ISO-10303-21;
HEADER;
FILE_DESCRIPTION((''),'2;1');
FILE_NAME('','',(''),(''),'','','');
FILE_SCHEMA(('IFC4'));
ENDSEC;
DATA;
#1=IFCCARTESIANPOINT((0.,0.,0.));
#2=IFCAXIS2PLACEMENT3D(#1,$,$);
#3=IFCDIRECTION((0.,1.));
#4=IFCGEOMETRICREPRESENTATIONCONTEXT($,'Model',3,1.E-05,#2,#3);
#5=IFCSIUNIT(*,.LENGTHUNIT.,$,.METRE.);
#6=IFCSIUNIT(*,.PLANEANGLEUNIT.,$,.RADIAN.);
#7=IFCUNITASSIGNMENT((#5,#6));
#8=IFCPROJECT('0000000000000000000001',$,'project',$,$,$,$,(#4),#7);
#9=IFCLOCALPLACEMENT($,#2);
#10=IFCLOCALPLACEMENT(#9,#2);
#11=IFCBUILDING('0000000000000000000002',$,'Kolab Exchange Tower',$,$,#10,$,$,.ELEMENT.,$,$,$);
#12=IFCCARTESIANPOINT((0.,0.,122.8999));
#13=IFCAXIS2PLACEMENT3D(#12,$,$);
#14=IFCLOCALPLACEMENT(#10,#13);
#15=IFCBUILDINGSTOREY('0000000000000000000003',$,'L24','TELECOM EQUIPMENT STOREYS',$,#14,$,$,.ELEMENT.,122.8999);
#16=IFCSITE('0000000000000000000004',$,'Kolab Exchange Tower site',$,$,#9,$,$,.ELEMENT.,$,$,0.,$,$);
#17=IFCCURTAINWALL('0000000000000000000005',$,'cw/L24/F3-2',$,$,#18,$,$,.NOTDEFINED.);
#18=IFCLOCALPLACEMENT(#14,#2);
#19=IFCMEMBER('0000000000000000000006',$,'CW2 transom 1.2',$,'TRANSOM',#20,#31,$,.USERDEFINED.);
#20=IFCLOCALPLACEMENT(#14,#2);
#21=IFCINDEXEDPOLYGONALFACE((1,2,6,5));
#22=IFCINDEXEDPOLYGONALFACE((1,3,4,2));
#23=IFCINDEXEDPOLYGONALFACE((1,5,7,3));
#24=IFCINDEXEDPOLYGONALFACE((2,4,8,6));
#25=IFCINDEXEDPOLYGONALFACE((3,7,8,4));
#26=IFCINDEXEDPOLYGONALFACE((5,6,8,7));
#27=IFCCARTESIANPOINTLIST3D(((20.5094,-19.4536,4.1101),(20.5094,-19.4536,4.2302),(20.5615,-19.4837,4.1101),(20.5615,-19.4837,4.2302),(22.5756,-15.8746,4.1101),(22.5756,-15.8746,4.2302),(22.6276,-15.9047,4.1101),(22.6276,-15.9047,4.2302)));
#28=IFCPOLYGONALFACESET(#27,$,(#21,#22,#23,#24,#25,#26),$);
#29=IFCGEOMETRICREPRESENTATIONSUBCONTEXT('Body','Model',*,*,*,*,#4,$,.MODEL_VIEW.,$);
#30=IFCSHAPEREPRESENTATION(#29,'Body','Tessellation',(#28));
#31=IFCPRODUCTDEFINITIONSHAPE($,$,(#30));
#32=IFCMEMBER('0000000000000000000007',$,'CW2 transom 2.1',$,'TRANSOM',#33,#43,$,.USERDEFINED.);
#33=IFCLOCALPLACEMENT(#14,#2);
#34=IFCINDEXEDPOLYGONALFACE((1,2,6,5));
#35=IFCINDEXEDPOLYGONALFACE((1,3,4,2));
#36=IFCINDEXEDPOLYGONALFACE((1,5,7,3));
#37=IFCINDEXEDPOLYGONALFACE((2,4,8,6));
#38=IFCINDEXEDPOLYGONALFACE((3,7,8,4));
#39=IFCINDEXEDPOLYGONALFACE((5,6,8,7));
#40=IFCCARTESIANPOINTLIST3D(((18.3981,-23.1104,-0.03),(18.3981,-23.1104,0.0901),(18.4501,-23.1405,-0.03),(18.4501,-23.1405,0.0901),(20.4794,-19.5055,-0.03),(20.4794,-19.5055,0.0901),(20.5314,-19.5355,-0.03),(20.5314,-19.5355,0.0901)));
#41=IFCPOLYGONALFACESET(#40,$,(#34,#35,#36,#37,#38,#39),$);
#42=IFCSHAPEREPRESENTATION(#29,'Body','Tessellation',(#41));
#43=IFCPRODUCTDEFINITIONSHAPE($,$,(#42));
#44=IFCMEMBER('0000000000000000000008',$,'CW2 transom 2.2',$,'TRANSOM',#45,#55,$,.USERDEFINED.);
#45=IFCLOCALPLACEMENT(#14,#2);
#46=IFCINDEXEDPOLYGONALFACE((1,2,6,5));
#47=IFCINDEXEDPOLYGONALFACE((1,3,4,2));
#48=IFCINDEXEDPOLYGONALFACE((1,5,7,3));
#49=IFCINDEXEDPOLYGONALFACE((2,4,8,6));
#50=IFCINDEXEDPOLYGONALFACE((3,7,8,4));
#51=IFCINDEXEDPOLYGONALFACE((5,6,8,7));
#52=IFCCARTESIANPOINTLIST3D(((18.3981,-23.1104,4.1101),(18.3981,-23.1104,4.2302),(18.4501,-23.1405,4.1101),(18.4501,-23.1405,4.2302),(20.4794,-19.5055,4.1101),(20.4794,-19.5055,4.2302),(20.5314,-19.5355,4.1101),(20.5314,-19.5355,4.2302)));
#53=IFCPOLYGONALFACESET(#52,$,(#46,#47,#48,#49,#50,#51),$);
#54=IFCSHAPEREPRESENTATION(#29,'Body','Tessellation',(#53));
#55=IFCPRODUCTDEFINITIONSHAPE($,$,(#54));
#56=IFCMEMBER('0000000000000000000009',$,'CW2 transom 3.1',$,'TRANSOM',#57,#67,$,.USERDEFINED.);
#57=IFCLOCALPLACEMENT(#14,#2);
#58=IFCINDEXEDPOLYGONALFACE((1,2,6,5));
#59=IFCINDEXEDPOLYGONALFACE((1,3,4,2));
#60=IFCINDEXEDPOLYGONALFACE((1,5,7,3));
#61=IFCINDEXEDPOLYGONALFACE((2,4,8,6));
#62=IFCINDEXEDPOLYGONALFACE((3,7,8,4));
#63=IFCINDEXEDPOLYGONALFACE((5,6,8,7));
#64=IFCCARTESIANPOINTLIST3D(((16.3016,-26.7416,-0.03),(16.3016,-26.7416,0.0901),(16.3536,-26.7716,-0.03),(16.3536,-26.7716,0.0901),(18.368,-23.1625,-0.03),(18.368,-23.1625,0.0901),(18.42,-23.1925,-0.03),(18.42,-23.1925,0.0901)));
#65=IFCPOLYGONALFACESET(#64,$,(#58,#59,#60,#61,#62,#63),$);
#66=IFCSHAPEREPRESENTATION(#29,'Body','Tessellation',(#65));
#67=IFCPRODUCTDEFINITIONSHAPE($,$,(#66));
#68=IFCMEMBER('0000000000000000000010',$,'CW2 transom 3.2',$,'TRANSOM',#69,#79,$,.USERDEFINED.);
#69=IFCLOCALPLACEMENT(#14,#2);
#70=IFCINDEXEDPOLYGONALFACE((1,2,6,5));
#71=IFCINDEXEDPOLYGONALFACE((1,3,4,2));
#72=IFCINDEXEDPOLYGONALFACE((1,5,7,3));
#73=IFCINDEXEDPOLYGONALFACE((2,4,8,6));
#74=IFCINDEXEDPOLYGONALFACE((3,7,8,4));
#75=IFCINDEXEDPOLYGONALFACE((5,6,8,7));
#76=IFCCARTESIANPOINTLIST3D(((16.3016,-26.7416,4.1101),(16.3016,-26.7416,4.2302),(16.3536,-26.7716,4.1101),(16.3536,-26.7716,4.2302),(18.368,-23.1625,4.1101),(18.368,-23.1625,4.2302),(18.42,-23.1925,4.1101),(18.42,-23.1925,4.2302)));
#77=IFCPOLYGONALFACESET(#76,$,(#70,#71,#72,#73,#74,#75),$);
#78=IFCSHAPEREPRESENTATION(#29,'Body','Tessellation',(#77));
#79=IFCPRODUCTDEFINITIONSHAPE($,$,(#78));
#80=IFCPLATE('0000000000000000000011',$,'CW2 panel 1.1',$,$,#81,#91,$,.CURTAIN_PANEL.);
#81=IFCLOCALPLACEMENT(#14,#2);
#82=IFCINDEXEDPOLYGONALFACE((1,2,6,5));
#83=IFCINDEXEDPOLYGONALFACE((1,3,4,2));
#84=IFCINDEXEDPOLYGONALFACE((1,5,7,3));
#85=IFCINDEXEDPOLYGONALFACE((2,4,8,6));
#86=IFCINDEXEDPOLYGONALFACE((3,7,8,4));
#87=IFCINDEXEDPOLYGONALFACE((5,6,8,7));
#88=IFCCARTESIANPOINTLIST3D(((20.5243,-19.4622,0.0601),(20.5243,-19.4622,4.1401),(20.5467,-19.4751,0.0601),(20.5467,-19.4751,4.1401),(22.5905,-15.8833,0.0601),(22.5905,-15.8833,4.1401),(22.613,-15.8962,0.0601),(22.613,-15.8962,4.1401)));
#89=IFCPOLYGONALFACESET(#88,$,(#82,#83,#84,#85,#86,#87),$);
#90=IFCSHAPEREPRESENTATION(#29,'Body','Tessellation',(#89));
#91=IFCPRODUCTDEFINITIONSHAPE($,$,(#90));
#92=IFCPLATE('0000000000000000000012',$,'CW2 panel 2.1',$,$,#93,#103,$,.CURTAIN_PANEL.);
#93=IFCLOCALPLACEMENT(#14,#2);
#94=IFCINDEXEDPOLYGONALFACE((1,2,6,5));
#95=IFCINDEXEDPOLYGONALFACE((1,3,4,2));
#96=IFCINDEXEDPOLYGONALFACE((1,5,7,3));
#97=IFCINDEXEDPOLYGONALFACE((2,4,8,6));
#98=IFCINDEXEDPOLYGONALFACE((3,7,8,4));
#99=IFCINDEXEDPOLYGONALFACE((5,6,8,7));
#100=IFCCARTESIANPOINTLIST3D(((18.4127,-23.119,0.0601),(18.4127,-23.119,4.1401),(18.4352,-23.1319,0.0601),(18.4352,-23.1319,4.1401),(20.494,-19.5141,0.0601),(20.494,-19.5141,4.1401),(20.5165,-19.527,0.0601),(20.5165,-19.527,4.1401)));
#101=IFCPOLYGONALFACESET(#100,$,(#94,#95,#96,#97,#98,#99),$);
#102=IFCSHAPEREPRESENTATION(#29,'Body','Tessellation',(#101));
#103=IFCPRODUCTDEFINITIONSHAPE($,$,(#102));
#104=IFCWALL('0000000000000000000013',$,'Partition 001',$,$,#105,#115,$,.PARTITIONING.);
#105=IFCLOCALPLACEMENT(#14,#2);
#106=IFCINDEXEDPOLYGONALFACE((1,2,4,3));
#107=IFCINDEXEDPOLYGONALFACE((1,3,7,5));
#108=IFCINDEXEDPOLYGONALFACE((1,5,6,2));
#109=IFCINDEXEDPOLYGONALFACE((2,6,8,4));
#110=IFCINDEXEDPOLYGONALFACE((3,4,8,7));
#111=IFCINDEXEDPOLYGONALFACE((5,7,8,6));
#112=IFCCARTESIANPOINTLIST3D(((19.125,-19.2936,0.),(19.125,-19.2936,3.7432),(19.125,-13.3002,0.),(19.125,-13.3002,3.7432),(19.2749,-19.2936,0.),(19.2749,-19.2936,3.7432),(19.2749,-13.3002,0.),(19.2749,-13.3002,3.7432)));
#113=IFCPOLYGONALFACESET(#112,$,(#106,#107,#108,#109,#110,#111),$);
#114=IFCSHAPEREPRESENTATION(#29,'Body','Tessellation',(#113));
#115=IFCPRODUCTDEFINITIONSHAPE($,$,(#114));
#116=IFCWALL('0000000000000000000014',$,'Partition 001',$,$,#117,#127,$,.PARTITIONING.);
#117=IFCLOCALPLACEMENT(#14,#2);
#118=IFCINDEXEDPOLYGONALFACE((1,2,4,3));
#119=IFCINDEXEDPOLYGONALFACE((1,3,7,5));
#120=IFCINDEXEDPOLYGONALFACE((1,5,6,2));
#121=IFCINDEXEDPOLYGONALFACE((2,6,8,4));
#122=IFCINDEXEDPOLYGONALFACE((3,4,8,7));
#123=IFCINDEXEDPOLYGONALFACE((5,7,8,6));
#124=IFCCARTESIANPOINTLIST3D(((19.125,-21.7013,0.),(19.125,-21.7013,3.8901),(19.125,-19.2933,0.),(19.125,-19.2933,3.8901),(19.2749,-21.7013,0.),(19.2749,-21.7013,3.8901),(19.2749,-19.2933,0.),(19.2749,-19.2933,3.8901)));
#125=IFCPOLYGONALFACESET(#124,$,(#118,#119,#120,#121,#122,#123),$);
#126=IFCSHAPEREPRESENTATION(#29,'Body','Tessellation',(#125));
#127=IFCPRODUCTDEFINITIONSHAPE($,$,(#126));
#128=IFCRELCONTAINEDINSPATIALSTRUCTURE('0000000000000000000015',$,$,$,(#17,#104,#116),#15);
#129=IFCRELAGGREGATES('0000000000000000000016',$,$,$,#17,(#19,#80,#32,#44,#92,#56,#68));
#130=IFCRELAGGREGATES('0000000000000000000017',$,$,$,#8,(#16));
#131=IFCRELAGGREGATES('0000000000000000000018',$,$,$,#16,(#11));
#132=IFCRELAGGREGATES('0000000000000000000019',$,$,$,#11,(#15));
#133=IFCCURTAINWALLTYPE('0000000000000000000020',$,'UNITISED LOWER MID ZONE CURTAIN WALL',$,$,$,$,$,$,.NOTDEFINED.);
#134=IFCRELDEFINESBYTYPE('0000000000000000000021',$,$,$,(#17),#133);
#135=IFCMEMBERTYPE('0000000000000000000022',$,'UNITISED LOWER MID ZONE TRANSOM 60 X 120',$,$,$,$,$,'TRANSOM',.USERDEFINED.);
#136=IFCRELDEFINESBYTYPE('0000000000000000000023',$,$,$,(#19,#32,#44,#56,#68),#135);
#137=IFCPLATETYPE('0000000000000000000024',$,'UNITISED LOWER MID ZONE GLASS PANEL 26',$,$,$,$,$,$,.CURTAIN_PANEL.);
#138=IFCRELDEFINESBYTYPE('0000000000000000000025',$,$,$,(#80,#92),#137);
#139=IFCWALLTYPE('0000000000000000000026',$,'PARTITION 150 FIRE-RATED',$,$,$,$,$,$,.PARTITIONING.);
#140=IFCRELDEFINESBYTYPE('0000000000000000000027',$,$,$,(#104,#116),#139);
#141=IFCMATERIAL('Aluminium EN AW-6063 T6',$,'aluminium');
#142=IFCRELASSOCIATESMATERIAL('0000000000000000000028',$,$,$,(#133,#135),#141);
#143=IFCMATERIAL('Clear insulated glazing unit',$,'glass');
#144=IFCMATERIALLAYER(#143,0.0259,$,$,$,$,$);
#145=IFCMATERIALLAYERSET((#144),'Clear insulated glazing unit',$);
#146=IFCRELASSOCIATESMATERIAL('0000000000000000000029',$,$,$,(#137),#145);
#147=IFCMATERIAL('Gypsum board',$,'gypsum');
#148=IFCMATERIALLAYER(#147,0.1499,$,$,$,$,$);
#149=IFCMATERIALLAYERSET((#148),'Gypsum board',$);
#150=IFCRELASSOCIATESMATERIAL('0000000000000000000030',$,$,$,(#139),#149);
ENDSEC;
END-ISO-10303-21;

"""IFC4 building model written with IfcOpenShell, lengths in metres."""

from ifc_helpers import new_model, si_unit, direction, frame, frame_2d, origin, origin_2d, place, context, subcontext, project, spatial, rectangle, extrude, material, layer, layer_set, material_profile, profile_set, type_object, element, aggregate, save


model = new_model("IFC4")

# Units and contexts
model_context = context("Model", 3, precision=1e-05, world=origin(), true_north=direction((0.0, 1.0)))
body_context = subcontext(model_context, "Body", "Model", "MODEL_VIEW")
ifc_project = project(units=[si_unit("LENGTHUNIT", "METRE"), si_unit("PLANEANGLEUNIT", "RADIAN")], contexts=[model_context])

# Site, building, storey
site_placement = place(None, origin())
site = spatial("IfcSite", under=ifc_project, at=site_placement, Name="Kolab Exchange Tower site", CompositionType="ELEMENT", RefElevation=0.0)
building_placement = place(site_placement, origin())
building = spatial("IfcBuilding", under=site, at=building_placement, Name="Kolab Exchange Tower", CompositionType="ELEMENT")
storey_placement = place(building_placement, frame((0.0, 0.0, 122.8999)))
storey = spatial("IfcBuildingStorey", under=building, at=storey_placement, Name="L24", Description="TELECOM EQUIPMENT STOREYS", CompositionType="ELEMENT", Elevation=122.8999)

# Curtain wall, members, plates
ifc_material_1 = material(Name="Aluminium EN AW-6063 T6", Category="aluminium")
curtain_wall_type = type_object("IfcCurtainWallType", Name="UNITISED LOWER MID ZONE CURTAIN WALL", PredefinedType="NOTDEFINED", material=ifc_material_1)
curtain_wall_placement = place(storey_placement, origin())
curtain_wall = element("IfcCurtainWall", 1, at=curtain_wall_placement, inside=storey, type_object=curtain_wall_type, Name="cw/L24/F3-2", PredefinedType="NOTDEFINED")
ifc_material_profile_1 = material_profile(ifc_material_1, rectangle(XDim=0.0601, YDim=0.1201, at=origin_2d()), Name="RECT 60X120")
ifc_profile_set_1 = profile_set([ifc_material_profile_1], Name="Aluminium EN AW-6063 T6")
member_type_1 = type_object("IfcMemberType", Name="UNITISED LOWER MID ZONE TRANSOM 60 X 120", ElementType="TRANSOM", PredefinedType="USERDEFINED", material=ifc_profile_set_1)
member_1_placement = place(storey_placement, frame((22.6016, -15.8896, 4.1702), z_axis=(-0.499958, -0.86605, 0.0), x_axis=(0.86605, -0.499958, 0.0)))
member_1 = element("IfcMember", 2, at=member_1_placement, type_object=member_type_1, Name="CW2 transom 1.2", ObjectType="TRANSOM", PredefinedType="USERDEFINED", context=body_context, shape_type="SweptSolid", body=[
    extrude(rectangle(XDim=0.0601, YDim=0.1201, at=origin_2d()), origin(), (0.0, 0.0, 1.0), 4.1326),
])
member_2_placement = place(storey_placement, frame((20.5054, -19.5205, 0.03), z_axis=(-0.499993, -0.866029, 0.0), x_axis=(0.866029, -0.499993, 0.0)))
member_2 = element("IfcMember", 3, at=member_2_placement, type_object=member_type_1, Name="CW2 transom 2.1", ObjectType="TRANSOM", PredefinedType="USERDEFINED", context=body_context, shape_type="SweptSolid", body=[
    extrude(rectangle(XDim=0.0601, YDim=0.1201, at=origin_2d()), origin(), (0.0, 0.0, 1.0), 4.1626),
])
member_3_placement = place(storey_placement, frame((20.5054, -19.5205, 4.1702), z_axis=(-0.499993, -0.866029, 0.0), x_axis=(0.866029, -0.499993, 0.0)))
member_3 = element("IfcMember", 4, at=member_3_placement, type_object=member_type_1, Name="CW2 transom 2.2", ObjectType="TRANSOM", PredefinedType="USERDEFINED", context=body_context, shape_type="SweptSolid", body=[
    extrude(rectangle(XDim=0.0601, YDim=0.1201, at=origin_2d()), origin(), (0.0, 0.0, 1.0), 4.1626),
])
member_4_placement = place(storey_placement, frame((18.394, -23.1775, 0.03), z_axis=(-0.500002, -0.866024, 0.0), x_axis=(0.866024, -0.500002, 0.0)))
member_4 = element("IfcMember", 5, at=member_4_placement, type_object=member_type_1, Name="CW2 transom 3.1", ObjectType="TRANSOM", PredefinedType="USERDEFINED", context=body_context, shape_type="SweptSolid", body=[
    extrude(rectangle(XDim=0.0601, YDim=0.1201, at=origin_2d()), origin(), (0.0, 0.0, 1.0), 4.1328),
])
member_5_placement = place(storey_placement, frame((18.394, -23.1775, 4.1702), z_axis=(-0.500002, -0.866024, 0.0), x_axis=(0.866024, -0.500002, 0.0)))
member_5 = element("IfcMember", 6, at=member_5_placement, type_object=member_type_1, Name="CW2 transom 3.2", ObjectType="TRANSOM", PredefinedType="USERDEFINED", context=body_context, shape_type="SweptSolid", body=[
    extrude(rectangle(XDim=0.0601, YDim=0.1201, at=origin_2d()), origin(), (0.0, 0.0, 1.0), 4.1328),
])
ifc_material_2 = material(Name="Clear insulated glazing unit", Category="glass")
ifc_layer_1 = layer(ifc_material_2, 0.0259)
ifc_layer_set_1 = layer_set([ifc_layer_1], Name="Clear insulated glazing unit")
plate_type = type_object("IfcPlateType", Name="UNITISED LOWER MID ZONE GLASS PANEL 26", PredefinedType="CURTAIN_PANEL", material=ifc_layer_set_1)
plate_1_placement = place(storey_placement, frame((21.5686, -17.6792, 0.0601), z_axis=(0.0, 0.0, 1.0), x_axis=(-0.5, -0.866025, 0.0)))
plate_1 = element("IfcPlate", 7, at=plate_1_placement, type_object=plate_type, Name="CW2 panel 1.1", PredefinedType="CURTAIN_PANEL", context=body_context, shape_type="SweptSolid", body=[
    extrude(rectangle(XDim=4.1326, YDim=0.0259, at=origin_2d()), origin(), (0.0, 0.0, 1.0), 4.0801),
])
plate_2_placement = place(storey_placement, frame((19.4646, -21.323, 0.0601), z_axis=(0.0, 0.0, 1.0), x_axis=(-0.5, -0.866025, 0.0)))
plate_2 = element("IfcPlate", 8, at=plate_2_placement, type_object=plate_type, Name="CW2 panel 2.1", PredefinedType="CURTAIN_PANEL", context=body_context, shape_type="SweptSolid", body=[
    extrude(rectangle(XDim=4.1626, YDim=0.0259, at=origin_2d()), origin(), (0.0, 0.0, 1.0), 4.0801),
])
aggregate(curtain_wall, [member_1, plate_1, member_2, member_3, plate_2, member_4, member_5])

# Walls
ifc_material_3 = material(Name="Gypsum board", Category="gypsum")
ifc_layer_2 = layer(ifc_material_3, 0.1499)
ifc_layer_set_2 = layer_set([ifc_layer_2], Name="Gypsum board")
wall_type = type_object("IfcWallType", Name="PARTITION 150 FIRE-RATED", PredefinedType="PARTITIONING", material=ifc_layer_set_2)
wall_1_placement = place(storey_placement, frame((19.2, -19.2935, 0.0), z_axis=(0.0, 0.0, 1.0), x_axis=(0.0, 1.0, 0.0)))
element("IfcWall", 9, at=wall_1_placement, inside=storey, type_object=wall_type, Name="Partition 001", PredefinedType="PARTITIONING", context=body_context, shape_type="SweptSolid", body=[
    extrude(rectangle(XDim=5.9934, YDim=0.1499, at=frame_2d((2.9966, 0.0))), origin(), (0.0, 0.0, 1.0), 3.7432),
])
wall_2_placement = place(storey_placement, frame((19.2, -21.7014, 0.0), z_axis=(0.0, 0.0, 1.0), x_axis=(0.0, 1.0, 0.0)))
element("IfcWall", 10, at=wall_2_placement, inside=storey, type_object=wall_type, Name="Partition 001", PredefinedType="PARTITIONING", context=body_context, shape_type="SweptSolid", body=[
    extrude(rectangle(XDim=2.408, YDim=0.1499, at=frame_2d((1.2041, 0.0))), origin(), (0.0, 0.0, 1.0), 3.8901),
])

save(model, "model.ifc")
